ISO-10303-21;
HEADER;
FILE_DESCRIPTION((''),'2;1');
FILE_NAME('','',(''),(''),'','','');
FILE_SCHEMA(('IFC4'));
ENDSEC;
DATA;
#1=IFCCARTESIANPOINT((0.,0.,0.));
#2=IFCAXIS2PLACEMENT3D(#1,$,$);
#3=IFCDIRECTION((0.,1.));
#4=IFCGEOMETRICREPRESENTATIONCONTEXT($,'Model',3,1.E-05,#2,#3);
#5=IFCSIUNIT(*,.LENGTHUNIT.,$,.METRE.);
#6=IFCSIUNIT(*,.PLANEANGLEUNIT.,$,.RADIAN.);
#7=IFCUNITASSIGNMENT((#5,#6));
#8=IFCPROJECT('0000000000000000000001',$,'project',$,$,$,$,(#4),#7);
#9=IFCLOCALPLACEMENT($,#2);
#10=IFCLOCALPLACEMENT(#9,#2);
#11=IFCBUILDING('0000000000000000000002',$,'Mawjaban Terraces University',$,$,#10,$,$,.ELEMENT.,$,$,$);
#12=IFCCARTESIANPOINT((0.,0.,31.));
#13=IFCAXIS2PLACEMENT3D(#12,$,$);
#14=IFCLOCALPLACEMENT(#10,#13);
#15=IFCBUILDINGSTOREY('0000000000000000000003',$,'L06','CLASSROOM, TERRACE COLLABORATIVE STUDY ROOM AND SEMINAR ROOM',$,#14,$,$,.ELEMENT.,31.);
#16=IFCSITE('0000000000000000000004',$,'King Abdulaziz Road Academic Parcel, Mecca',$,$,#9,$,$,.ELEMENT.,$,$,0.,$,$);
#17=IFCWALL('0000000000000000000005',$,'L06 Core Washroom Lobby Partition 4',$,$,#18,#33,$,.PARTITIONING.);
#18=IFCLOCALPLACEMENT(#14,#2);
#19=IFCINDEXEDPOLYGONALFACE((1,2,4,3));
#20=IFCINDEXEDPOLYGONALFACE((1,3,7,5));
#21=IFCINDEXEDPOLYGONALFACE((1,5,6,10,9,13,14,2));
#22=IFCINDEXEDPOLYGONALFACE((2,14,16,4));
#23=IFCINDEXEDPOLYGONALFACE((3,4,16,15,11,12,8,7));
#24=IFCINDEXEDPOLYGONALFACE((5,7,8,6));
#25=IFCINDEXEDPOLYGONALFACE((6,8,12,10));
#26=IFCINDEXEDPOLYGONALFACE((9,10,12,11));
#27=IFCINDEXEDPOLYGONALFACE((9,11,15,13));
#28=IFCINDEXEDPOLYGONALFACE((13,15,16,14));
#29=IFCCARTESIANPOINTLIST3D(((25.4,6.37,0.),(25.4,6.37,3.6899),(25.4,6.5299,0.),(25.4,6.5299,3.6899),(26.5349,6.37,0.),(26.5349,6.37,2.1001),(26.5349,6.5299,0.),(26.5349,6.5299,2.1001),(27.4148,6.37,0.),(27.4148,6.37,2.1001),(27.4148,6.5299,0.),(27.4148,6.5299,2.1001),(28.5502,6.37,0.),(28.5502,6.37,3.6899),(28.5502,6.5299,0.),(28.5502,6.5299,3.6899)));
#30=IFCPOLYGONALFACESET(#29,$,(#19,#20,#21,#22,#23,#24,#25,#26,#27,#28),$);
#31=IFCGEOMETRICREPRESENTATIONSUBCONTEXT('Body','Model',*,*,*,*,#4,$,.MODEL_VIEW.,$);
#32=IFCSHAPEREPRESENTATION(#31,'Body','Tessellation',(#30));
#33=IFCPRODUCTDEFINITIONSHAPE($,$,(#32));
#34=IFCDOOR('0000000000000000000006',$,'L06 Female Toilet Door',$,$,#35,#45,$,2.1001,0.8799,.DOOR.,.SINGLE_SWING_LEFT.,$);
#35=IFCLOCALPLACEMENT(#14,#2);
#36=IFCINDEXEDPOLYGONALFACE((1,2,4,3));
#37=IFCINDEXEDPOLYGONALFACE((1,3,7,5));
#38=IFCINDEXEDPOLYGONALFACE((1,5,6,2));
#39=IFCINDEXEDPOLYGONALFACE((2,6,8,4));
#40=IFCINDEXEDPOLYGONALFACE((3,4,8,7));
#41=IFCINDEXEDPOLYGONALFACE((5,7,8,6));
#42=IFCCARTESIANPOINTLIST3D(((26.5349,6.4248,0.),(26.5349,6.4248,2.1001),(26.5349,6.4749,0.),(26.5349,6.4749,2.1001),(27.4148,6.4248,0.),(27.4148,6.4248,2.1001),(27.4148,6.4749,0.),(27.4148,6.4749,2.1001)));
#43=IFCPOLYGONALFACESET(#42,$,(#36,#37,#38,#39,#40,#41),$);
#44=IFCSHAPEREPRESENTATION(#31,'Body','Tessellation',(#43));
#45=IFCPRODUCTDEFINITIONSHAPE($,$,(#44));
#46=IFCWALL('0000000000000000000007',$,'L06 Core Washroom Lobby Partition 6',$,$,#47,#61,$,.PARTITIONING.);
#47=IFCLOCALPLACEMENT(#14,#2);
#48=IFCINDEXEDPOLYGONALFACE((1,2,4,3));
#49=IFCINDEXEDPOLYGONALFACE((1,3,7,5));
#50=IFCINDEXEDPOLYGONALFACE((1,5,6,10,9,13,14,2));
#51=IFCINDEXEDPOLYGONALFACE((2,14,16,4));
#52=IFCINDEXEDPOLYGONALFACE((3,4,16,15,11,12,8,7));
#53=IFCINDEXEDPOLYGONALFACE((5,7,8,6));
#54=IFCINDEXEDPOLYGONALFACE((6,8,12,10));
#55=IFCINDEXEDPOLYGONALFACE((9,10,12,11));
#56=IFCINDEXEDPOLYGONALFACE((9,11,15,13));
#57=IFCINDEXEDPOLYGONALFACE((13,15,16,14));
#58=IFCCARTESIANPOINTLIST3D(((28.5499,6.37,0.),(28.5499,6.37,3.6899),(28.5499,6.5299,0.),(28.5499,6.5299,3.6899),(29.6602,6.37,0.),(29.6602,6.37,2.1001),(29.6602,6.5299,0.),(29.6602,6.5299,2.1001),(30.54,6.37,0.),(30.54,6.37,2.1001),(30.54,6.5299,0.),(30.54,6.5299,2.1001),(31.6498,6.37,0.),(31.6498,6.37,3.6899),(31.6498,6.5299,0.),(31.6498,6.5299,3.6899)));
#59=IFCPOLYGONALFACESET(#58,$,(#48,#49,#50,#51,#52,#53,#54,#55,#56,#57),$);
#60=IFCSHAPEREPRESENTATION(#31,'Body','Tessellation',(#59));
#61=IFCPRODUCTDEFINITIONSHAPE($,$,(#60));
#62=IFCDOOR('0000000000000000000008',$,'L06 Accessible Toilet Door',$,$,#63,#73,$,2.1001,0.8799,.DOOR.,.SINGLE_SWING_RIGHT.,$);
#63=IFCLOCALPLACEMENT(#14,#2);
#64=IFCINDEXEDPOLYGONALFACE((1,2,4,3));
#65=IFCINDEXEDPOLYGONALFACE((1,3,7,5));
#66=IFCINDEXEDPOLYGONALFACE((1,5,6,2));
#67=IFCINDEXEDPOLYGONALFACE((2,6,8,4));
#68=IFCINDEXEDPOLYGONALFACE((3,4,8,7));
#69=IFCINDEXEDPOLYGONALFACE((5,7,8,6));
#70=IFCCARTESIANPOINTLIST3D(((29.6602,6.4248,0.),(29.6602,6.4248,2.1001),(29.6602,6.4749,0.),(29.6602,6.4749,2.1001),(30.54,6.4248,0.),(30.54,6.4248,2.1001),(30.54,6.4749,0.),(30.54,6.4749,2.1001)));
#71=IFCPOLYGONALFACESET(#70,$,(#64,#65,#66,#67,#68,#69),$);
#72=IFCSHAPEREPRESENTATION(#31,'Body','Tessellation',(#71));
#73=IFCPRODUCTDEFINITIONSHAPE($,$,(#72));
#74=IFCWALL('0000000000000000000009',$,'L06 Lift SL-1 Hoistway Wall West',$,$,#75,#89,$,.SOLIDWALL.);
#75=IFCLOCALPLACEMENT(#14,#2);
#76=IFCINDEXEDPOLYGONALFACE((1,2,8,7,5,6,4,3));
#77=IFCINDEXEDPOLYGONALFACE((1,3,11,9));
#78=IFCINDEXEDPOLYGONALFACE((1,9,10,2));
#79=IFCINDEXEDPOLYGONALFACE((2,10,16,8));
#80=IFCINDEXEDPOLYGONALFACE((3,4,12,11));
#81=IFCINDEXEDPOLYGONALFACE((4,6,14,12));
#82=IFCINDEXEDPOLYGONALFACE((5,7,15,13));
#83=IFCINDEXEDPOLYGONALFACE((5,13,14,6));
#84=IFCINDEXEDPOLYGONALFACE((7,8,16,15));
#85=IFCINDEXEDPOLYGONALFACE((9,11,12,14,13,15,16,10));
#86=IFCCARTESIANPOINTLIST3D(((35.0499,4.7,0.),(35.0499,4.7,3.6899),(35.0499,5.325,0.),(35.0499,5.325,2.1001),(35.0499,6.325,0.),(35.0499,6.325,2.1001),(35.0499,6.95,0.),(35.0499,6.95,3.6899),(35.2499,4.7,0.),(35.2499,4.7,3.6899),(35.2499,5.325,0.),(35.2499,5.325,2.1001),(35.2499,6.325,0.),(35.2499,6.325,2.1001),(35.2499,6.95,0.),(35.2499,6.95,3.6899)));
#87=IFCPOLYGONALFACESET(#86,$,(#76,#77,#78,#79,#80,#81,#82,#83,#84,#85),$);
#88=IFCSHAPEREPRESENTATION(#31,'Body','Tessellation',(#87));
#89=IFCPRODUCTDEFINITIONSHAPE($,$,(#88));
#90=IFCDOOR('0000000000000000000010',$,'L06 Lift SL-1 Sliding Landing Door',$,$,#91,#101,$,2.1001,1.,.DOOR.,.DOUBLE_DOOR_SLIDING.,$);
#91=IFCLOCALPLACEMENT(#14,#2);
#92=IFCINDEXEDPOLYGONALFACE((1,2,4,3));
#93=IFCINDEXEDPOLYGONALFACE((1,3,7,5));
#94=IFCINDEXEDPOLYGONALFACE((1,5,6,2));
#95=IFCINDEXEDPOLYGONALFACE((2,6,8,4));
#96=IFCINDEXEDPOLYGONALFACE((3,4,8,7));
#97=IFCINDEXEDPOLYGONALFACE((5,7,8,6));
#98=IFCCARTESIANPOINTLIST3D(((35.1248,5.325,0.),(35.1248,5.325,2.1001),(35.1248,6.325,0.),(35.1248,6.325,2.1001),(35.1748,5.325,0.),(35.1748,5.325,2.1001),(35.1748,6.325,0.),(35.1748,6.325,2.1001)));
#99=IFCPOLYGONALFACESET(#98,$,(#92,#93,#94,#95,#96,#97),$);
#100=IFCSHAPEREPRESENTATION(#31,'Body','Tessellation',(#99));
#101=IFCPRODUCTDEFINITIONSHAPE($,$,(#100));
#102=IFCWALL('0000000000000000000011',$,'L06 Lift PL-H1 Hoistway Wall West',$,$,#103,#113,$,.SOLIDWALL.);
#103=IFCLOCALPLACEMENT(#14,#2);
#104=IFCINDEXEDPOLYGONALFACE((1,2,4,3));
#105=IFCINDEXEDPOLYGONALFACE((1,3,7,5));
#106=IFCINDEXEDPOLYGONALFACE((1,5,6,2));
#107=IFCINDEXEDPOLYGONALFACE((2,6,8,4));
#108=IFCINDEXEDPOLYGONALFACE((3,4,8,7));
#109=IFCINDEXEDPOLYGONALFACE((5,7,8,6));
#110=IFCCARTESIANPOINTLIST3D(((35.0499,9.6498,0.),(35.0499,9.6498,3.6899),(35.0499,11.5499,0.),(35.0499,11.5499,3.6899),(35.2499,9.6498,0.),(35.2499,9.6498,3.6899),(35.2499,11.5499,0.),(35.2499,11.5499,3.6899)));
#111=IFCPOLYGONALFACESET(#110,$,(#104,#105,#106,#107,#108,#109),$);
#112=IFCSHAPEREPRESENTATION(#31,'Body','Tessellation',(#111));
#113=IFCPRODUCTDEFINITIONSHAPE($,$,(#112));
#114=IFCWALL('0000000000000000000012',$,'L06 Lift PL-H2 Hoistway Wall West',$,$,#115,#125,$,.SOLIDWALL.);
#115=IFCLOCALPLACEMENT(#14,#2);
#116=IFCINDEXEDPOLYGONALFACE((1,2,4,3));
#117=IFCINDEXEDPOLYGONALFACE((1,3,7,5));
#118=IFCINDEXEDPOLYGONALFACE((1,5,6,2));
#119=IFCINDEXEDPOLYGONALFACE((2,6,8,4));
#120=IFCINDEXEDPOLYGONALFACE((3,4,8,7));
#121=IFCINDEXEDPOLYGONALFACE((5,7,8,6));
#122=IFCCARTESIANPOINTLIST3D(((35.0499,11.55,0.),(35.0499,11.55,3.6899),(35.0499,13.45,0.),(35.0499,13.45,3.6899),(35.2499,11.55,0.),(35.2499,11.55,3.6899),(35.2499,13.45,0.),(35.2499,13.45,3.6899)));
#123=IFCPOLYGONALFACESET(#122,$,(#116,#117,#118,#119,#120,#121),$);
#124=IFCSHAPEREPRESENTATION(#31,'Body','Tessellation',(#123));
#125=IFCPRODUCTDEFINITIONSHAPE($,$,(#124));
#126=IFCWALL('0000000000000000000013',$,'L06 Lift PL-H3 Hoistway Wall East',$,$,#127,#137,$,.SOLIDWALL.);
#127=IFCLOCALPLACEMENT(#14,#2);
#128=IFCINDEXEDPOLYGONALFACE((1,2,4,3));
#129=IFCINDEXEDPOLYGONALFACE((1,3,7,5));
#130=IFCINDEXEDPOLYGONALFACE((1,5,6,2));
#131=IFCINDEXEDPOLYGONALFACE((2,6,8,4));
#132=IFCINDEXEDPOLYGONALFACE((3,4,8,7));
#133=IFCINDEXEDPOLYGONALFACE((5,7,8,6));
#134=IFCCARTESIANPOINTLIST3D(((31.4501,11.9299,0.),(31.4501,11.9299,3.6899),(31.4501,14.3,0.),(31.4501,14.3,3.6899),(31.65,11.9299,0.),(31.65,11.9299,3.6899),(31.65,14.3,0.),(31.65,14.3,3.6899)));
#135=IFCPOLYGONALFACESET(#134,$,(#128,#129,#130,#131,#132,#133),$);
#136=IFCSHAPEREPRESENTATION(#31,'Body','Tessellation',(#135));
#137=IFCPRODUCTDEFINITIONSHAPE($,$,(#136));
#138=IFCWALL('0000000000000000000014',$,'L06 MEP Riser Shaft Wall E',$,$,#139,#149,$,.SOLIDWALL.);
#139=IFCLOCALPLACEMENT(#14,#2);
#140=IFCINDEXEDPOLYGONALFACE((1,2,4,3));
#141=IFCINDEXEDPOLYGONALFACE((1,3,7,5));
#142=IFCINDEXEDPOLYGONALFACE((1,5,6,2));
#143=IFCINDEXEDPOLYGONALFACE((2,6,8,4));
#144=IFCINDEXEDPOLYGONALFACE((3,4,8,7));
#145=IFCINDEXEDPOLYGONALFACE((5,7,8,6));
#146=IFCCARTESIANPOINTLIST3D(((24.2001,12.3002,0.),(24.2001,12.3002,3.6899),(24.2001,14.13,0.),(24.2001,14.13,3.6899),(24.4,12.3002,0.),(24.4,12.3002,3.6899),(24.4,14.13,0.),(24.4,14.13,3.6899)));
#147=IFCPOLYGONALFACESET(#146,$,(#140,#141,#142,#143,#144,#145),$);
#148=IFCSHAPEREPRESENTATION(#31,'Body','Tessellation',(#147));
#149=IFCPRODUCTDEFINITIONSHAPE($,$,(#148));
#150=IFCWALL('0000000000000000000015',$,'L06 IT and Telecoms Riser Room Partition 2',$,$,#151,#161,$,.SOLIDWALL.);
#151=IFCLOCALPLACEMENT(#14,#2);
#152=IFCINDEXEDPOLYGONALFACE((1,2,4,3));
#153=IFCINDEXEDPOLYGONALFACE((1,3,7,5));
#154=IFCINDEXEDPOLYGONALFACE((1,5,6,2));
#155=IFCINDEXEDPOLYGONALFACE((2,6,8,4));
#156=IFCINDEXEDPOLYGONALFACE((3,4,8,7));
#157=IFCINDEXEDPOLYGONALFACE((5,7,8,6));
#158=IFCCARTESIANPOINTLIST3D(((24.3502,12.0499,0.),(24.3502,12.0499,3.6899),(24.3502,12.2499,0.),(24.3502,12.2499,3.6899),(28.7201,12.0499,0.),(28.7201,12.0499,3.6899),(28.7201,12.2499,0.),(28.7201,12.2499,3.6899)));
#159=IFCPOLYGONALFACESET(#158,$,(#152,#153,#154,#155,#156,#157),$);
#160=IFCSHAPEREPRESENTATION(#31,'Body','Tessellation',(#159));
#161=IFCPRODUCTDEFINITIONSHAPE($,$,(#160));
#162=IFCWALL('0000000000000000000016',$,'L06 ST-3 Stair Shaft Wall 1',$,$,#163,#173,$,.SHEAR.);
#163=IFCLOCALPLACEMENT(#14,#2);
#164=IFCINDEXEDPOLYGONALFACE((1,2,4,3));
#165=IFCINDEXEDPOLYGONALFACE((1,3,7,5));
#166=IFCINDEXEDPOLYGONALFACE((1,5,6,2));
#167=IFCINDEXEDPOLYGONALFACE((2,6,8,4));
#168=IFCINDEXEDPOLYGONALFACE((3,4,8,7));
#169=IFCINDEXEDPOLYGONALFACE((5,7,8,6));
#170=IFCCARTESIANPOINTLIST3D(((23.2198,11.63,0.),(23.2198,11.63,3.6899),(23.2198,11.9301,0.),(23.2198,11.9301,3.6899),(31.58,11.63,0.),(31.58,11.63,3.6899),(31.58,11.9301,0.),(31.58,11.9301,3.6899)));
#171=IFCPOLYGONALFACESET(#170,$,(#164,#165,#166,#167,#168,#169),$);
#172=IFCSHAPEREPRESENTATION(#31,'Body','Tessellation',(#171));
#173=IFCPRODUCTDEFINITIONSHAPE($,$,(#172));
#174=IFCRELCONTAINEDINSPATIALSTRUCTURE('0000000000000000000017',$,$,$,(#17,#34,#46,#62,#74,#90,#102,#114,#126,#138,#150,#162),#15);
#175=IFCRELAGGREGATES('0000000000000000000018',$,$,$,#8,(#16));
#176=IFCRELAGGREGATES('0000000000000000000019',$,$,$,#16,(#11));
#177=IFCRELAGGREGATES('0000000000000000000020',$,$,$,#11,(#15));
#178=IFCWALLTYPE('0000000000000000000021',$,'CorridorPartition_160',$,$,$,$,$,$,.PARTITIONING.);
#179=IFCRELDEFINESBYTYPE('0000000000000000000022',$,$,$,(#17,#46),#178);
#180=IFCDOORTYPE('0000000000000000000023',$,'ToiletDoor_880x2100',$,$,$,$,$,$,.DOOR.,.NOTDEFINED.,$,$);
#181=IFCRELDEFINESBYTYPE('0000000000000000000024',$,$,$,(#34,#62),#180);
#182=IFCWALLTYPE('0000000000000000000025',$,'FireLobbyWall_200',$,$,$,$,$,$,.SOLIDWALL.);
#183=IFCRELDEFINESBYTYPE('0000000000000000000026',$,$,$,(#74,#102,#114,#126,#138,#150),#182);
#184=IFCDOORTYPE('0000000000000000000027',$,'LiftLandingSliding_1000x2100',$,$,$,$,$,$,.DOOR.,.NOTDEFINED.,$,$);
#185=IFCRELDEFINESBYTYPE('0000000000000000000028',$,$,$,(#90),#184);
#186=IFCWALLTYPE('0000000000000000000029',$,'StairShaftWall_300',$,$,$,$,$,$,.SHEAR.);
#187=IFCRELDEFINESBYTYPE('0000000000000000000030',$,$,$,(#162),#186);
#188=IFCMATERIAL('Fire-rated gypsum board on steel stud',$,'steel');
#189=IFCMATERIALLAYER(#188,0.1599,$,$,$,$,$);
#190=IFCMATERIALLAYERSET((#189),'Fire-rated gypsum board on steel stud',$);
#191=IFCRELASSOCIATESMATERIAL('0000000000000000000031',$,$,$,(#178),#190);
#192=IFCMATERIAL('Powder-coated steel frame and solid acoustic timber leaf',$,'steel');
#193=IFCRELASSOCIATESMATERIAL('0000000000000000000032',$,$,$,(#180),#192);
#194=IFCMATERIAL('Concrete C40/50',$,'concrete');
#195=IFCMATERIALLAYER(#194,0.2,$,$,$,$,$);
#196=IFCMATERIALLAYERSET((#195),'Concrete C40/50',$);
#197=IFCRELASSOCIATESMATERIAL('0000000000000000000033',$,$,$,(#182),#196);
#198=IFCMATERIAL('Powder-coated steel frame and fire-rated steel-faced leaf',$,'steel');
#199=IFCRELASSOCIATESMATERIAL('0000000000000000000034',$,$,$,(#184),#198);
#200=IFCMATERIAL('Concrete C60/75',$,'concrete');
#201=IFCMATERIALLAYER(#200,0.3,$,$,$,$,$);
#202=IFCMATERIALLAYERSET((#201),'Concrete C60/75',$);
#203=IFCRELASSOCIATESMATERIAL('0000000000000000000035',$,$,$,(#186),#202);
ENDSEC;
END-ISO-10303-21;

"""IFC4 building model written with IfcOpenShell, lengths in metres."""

from ifc_helpers import new_model, si_unit, direction, frame, frame_2d, origin, place, context, subcontext, project, spatial, rectangle, extrude, material, layer, layer_set, type_object, element, fill, save


model = new_model("IFC4")

# Units and contexts
model_context = context("Model", 3, precision=1e-05, world=origin(), true_north=direction((0.0, 1.0)))
body_context = subcontext(model_context, "Body", "Model", "MODEL_VIEW")
ifc_project = project(units=[si_unit("LENGTHUNIT", "METRE"), si_unit("PLANEANGLEUNIT", "RADIAN")], contexts=[model_context])

# Site, building, storey
site_placement = place(None, origin())
site = spatial("IfcSite", under=ifc_project, at=site_placement, Name="King Abdulaziz Road Academic Parcel, Mecca", CompositionType="ELEMENT", RefElevation=0.0)
building_placement = place(site_placement, origin())
building = spatial("IfcBuilding", under=site, at=building_placement, Name="Mawjaban Terraces University", CompositionType="ELEMENT")
storey_placement = place(building_placement, frame((0.0, 0.0, 31.0)))
storey = spatial("IfcBuildingStorey", under=building, at=storey_placement, Name="L06", Description="CLASSROOM, TERRACE COLLABORATIVE STUDY ROOM AND SEMINAR ROOM", CompositionType="ELEMENT", Elevation=31.0)

# Walls, openings, doors
ifc_material_1 = material(Name="Fire-rated gypsum board on steel stud", Category="steel")
ifc_layer_1 = layer(ifc_material_1, 0.1599)
ifc_layer_set_1 = layer_set([ifc_layer_1], Name="Fire-rated gypsum board on steel stud")
wall_type_1 = type_object("IfcWallType", Name="CorridorPartition_160", PredefinedType="PARTITIONING", material=ifc_layer_set_1)
wall_1_placement = place(storey_placement, frame((25.3999, 6.45, 0.0), z_axis=(0.0, 0.0, 1.0), x_axis=(1.0, 0.0, 0.0)))
wall_1 = element("IfcWall", 1, at=wall_1_placement, inside=storey, type_object=wall_type_1, Name="L06 Core Washroom Lobby Partition 4", PredefinedType="PARTITIONING", context=body_context, shape_type="SweptSolid", body=[
    extrude(rectangle(XDim=3.1501, YDim=0.1599, at=frame_2d((1.5752, 0.0))), origin(), (0.0, 0.0, 1.0), 3.6899),
])
opening_1_placement = place(wall_1_placement, frame((1.135, 0.0, 0.0)))
opening_1 = element("IfcOpeningElement", 2, at=opening_1_placement, cuts=wall_1, PredefinedType="OPENING", context=body_context, shape_type="SweptSolid", body=[
    extrude(rectangle(XDim=0.8799, YDim=2.1001, at=frame_2d((0.4399, 1.05))), frame((0.0, 0.0898, 0.0), z_axis=(0.0, -1.0, 0.0), x_axis=(1.0, 0.0, 0.0)), (0.0, 0.0, 1.0), 0.1799),
])
ifc_material_2 = material(Name="Powder-coated steel frame and solid acoustic timber leaf", Category="steel")
door_type_1 = type_object("IfcDoorType", Name="ToiletDoor_880x2100", OperationType="NOTDEFINED", PredefinedType="DOOR", material=ifc_material_2)
door_1_placement = place(opening_1_placement, origin())
door_1 = element("IfcDoor", 3, at=door_1_placement, inside=storey, type_object=door_type_1, Name="L06 Female Toilet Door", OperationType="SINGLE_SWING_LEFT", OverallHeight=2.1001, OverallWidth=0.8799, PredefinedType="DOOR", context=body_context, shape_type="SweptSolid", body=[
    extrude(rectangle(XDim=0.8799, YDim=2.1001, at=frame_2d((0.4399, 1.05))), frame((0.0, 0.0249, 0.0), z_axis=(0.0, -1.0, 0.0), x_axis=(1.0, 0.0, 0.0)), (0.0, 0.0, 1.0), 0.05),
])
fill(opening_1, door_1)
wall_2_placement = place(storey_placement, frame((28.55, 6.45, 0.0), z_axis=(0.0, 0.0, 1.0), x_axis=(1.0, 0.0, 0.0)))
wall_2 = element("IfcWall", 4, at=wall_2_placement, inside=storey, type_object=wall_type_1, Name="L06 Core Washroom Lobby Partition 6", PredefinedType="PARTITIONING", context=body_context, shape_type="SweptSolid", body=[
    extrude(rectangle(XDim=3.0999, YDim=0.1599, at=frame_2d((1.5498, 0.0))), origin(), (0.0, 0.0, 1.0), 3.6899),
])
opening_2_placement = place(wall_2_placement, frame((1.1101, 0.0, 0.0)))
opening_2 = element("IfcOpeningElement", 5, at=opening_2_placement, cuts=wall_2, PredefinedType="OPENING", context=body_context, shape_type="SweptSolid", body=[
    extrude(rectangle(XDim=0.8799, YDim=2.1001, at=frame_2d((0.4399, 1.05))), frame((0.0, 0.0898, 0.0), z_axis=(0.0, -1.0, 0.0), x_axis=(1.0, 0.0, 0.0)), (0.0, 0.0, 1.0), 0.1799),
])
door_2_placement = place(opening_2_placement, origin())
door_2 = element("IfcDoor", 6, at=door_2_placement, inside=storey, type_object=door_type_1, Name="L06 Accessible Toilet Door", OperationType="SINGLE_SWING_RIGHT", OverallHeight=2.1001, OverallWidth=0.8799, PredefinedType="DOOR", context=body_context, shape_type="SweptSolid", body=[
    extrude(rectangle(XDim=0.8799, YDim=2.1001, at=frame_2d((0.4399, 1.05))), frame((0.0, 0.0249, 0.0), z_axis=(0.0, -1.0, 0.0), x_axis=(1.0, 0.0, 0.0)), (0.0, 0.0, 1.0), 0.05),
])
fill(opening_2, door_2)
ifc_material_3 = material(Name="Concrete C40/50", Category="concrete")
ifc_layer_2 = layer(ifc_material_3, 0.2)
ifc_layer_set_2 = layer_set([ifc_layer_2], Name="Concrete C40/50")
wall_type_2 = type_object("IfcWallType", Name="FireLobbyWall_200", PredefinedType="SOLIDWALL", material=ifc_layer_set_2)
wall_3_placement = place(storey_placement, frame((35.1499, 6.95, 0.0), z_axis=(0.0, 0.0, 1.0), x_axis=(0.0, -1.0, 0.0)))
wall_3 = element("IfcWall", 7, at=wall_3_placement, inside=storey, type_object=wall_type_2, Name="L06 Lift SL-1 Hoistway Wall West", PredefinedType="SOLIDWALL", context=body_context, shape_type="SweptSolid", body=[
    extrude(rectangle(XDim=2.25, YDim=0.2, at=frame_2d((1.125, 0.0))), origin(), (0.0, 0.0, 1.0), 3.6899),
])
opening_3_placement = place(wall_3_placement, frame((0.625, 0.0, 0.0)))
opening_3 = element("IfcOpeningElement", 8, at=opening_3_placement, cuts=wall_3, PredefinedType="OPENING", context=body_context, shape_type="SweptSolid", body=[
    extrude(rectangle(XDim=1.0, YDim=2.1001, at=frame_2d((0.5, 1.05))), frame((0.0, 0.1099, 0.0), z_axis=(0.0, -1.0, 0.0), x_axis=(1.0, 0.0, 0.0)), (0.0, 0.0, 1.0), 0.22),
])
ifc_material_4 = material(Name="Powder-coated steel frame and fire-rated steel-faced leaf", Category="steel")
door_type_2 = type_object("IfcDoorType", Name="LiftLandingSliding_1000x2100", OperationType="NOTDEFINED", PredefinedType="DOOR", material=ifc_material_4)
door_3_placement = place(opening_3_placement, origin())
door_3 = element("IfcDoor", 9, at=door_3_placement, inside=storey, type_object=door_type_2, Name="L06 Lift SL-1 Sliding Landing Door", OperationType="DOUBLE_DOOR_SLIDING", OverallHeight=2.1001, OverallWidth=1.0, PredefinedType="DOOR", context=body_context, shape_type="SweptSolid", body=[
    extrude(rectangle(XDim=1.0, YDim=2.1001, at=frame_2d((0.5, 1.05))), frame((0.0, 0.0249, 0.0), z_axis=(0.0, -1.0, 0.0), x_axis=(1.0, 0.0, 0.0)), (0.0, 0.0, 1.0), 0.05),
])
fill(opening_3, door_3)

# Walls
wall_4_placement = place(storey_placement, frame((35.1499, 11.55, 0.0), z_axis=(0.0, 0.0, 1.0), x_axis=(0.0, -1.0, 0.0)))
element("IfcWall", 10, at=wall_4_placement, inside=storey, type_object=wall_type_2, Name="L06 Lift PL-H1 Hoistway Wall West", PredefinedType="SOLIDWALL", context=body_context, shape_type="SweptSolid", body=[
    extrude(rectangle(XDim=1.9001, YDim=0.2, at=frame_2d((0.9502, 0.0))), origin(), (0.0, 0.0, 1.0), 3.6899),
])
wall_5_placement = place(storey_placement, frame((35.1499, 13.45, 0.0), z_axis=(0.0, 0.0, 1.0), x_axis=(0.0, -1.0, 0.0)))
element("IfcWall", 11, at=wall_5_placement, inside=storey, type_object=wall_type_2, Name="L06 Lift PL-H2 Hoistway Wall West", PredefinedType="SOLIDWALL", context=body_context, shape_type="SweptSolid", body=[
    extrude(rectangle(XDim=1.8999, YDim=0.2, at=frame_2d((0.95, 0.0))), origin(), (0.0, 0.0, 1.0), 3.6899),
])
wall_6_placement = place(storey_placement, frame((31.55, 11.9299, 0.0), z_axis=(0.0, 0.0, 1.0), x_axis=(0.0, 1.0, 0.0)))
element("IfcWall", 12, at=wall_6_placement, inside=storey, type_object=wall_type_2, Name="L06 Lift PL-H3 Hoistway Wall East", PredefinedType="SOLIDWALL", context=body_context, shape_type="SweptSolid", body=[
    extrude(rectangle(XDim=2.3701, YDim=0.2, at=frame_2d((1.1851, 0.0))), origin(), (0.0, 0.0, 1.0), 3.6899),
])
wall_7_placement = place(storey_placement, frame((24.3, 12.3, 0.0), z_axis=(0.0, 0.0, 1.0), x_axis=(0.0, 1.0, 0.0)))
element("IfcWall", 13, at=wall_7_placement, inside=storey, type_object=wall_type_2, Name="L06 MEP Riser Shaft Wall E", PredefinedType="SOLIDWALL", context=body_context, shape_type="SweptSolid", body=[
    extrude(rectangle(XDim=1.8298, YDim=0.2, at=frame_2d((0.915, 0.0))), origin(), (0.0, 0.0, 1.0), 3.6899),
])
wall_8_placement = place(storey_placement, frame((24.3501, 12.1499, 0.0), z_axis=(0.0, 0.0, 1.0), x_axis=(1.0, 0.0, 0.0)))
element("IfcWall", 14, at=wall_8_placement, inside=storey, type_object=wall_type_2, Name="L06 IT and Telecoms Riser Room Partition 2", PredefinedType="SOLIDWALL", context=body_context, shape_type="SweptSolid", body=[
    extrude(rectangle(XDim=4.3699, YDim=0.2, at=frame_2d((2.1851, 0.0))), origin(), (0.0, 0.0, 1.0), 3.6899),
])
ifc_material_5 = material(Name="Concrete C60/75", Category="concrete")
ifc_layer_3 = layer(ifc_material_5, 0.3)
ifc_layer_set_3 = layer_set([ifc_layer_3], Name="Concrete C60/75")
wall_type_3 = type_object("IfcWallType", Name="StairShaftWall_300", PredefinedType="SHEAR", material=ifc_layer_set_3)
for number, where, z_axis, x_axis, name in (
    (15, (31.5801, 11.78, 0.0), (0.0, 0.0, 1.0), (-1.0, 0.0, 0.0), "L06 ST-3 Stair Shaft Wall 1"),
):
    element("IfcWall", number, at=place(storey_placement, frame(where, z_axis=z_axis, x_axis=x_axis)), inside=storey, type_object=wall_type_3, Name=name, PredefinedType="SHEAR", context=body_context, shape_type="SweptSolid", body=[
        extrude(rectangle(XDim=8.3601, YDim=0.3, at=frame_2d((4.1802, 0.0))), origin(), (0.0, 0.0, 1.0), 3.6899),
    ])

save(model, "model.ifc")
